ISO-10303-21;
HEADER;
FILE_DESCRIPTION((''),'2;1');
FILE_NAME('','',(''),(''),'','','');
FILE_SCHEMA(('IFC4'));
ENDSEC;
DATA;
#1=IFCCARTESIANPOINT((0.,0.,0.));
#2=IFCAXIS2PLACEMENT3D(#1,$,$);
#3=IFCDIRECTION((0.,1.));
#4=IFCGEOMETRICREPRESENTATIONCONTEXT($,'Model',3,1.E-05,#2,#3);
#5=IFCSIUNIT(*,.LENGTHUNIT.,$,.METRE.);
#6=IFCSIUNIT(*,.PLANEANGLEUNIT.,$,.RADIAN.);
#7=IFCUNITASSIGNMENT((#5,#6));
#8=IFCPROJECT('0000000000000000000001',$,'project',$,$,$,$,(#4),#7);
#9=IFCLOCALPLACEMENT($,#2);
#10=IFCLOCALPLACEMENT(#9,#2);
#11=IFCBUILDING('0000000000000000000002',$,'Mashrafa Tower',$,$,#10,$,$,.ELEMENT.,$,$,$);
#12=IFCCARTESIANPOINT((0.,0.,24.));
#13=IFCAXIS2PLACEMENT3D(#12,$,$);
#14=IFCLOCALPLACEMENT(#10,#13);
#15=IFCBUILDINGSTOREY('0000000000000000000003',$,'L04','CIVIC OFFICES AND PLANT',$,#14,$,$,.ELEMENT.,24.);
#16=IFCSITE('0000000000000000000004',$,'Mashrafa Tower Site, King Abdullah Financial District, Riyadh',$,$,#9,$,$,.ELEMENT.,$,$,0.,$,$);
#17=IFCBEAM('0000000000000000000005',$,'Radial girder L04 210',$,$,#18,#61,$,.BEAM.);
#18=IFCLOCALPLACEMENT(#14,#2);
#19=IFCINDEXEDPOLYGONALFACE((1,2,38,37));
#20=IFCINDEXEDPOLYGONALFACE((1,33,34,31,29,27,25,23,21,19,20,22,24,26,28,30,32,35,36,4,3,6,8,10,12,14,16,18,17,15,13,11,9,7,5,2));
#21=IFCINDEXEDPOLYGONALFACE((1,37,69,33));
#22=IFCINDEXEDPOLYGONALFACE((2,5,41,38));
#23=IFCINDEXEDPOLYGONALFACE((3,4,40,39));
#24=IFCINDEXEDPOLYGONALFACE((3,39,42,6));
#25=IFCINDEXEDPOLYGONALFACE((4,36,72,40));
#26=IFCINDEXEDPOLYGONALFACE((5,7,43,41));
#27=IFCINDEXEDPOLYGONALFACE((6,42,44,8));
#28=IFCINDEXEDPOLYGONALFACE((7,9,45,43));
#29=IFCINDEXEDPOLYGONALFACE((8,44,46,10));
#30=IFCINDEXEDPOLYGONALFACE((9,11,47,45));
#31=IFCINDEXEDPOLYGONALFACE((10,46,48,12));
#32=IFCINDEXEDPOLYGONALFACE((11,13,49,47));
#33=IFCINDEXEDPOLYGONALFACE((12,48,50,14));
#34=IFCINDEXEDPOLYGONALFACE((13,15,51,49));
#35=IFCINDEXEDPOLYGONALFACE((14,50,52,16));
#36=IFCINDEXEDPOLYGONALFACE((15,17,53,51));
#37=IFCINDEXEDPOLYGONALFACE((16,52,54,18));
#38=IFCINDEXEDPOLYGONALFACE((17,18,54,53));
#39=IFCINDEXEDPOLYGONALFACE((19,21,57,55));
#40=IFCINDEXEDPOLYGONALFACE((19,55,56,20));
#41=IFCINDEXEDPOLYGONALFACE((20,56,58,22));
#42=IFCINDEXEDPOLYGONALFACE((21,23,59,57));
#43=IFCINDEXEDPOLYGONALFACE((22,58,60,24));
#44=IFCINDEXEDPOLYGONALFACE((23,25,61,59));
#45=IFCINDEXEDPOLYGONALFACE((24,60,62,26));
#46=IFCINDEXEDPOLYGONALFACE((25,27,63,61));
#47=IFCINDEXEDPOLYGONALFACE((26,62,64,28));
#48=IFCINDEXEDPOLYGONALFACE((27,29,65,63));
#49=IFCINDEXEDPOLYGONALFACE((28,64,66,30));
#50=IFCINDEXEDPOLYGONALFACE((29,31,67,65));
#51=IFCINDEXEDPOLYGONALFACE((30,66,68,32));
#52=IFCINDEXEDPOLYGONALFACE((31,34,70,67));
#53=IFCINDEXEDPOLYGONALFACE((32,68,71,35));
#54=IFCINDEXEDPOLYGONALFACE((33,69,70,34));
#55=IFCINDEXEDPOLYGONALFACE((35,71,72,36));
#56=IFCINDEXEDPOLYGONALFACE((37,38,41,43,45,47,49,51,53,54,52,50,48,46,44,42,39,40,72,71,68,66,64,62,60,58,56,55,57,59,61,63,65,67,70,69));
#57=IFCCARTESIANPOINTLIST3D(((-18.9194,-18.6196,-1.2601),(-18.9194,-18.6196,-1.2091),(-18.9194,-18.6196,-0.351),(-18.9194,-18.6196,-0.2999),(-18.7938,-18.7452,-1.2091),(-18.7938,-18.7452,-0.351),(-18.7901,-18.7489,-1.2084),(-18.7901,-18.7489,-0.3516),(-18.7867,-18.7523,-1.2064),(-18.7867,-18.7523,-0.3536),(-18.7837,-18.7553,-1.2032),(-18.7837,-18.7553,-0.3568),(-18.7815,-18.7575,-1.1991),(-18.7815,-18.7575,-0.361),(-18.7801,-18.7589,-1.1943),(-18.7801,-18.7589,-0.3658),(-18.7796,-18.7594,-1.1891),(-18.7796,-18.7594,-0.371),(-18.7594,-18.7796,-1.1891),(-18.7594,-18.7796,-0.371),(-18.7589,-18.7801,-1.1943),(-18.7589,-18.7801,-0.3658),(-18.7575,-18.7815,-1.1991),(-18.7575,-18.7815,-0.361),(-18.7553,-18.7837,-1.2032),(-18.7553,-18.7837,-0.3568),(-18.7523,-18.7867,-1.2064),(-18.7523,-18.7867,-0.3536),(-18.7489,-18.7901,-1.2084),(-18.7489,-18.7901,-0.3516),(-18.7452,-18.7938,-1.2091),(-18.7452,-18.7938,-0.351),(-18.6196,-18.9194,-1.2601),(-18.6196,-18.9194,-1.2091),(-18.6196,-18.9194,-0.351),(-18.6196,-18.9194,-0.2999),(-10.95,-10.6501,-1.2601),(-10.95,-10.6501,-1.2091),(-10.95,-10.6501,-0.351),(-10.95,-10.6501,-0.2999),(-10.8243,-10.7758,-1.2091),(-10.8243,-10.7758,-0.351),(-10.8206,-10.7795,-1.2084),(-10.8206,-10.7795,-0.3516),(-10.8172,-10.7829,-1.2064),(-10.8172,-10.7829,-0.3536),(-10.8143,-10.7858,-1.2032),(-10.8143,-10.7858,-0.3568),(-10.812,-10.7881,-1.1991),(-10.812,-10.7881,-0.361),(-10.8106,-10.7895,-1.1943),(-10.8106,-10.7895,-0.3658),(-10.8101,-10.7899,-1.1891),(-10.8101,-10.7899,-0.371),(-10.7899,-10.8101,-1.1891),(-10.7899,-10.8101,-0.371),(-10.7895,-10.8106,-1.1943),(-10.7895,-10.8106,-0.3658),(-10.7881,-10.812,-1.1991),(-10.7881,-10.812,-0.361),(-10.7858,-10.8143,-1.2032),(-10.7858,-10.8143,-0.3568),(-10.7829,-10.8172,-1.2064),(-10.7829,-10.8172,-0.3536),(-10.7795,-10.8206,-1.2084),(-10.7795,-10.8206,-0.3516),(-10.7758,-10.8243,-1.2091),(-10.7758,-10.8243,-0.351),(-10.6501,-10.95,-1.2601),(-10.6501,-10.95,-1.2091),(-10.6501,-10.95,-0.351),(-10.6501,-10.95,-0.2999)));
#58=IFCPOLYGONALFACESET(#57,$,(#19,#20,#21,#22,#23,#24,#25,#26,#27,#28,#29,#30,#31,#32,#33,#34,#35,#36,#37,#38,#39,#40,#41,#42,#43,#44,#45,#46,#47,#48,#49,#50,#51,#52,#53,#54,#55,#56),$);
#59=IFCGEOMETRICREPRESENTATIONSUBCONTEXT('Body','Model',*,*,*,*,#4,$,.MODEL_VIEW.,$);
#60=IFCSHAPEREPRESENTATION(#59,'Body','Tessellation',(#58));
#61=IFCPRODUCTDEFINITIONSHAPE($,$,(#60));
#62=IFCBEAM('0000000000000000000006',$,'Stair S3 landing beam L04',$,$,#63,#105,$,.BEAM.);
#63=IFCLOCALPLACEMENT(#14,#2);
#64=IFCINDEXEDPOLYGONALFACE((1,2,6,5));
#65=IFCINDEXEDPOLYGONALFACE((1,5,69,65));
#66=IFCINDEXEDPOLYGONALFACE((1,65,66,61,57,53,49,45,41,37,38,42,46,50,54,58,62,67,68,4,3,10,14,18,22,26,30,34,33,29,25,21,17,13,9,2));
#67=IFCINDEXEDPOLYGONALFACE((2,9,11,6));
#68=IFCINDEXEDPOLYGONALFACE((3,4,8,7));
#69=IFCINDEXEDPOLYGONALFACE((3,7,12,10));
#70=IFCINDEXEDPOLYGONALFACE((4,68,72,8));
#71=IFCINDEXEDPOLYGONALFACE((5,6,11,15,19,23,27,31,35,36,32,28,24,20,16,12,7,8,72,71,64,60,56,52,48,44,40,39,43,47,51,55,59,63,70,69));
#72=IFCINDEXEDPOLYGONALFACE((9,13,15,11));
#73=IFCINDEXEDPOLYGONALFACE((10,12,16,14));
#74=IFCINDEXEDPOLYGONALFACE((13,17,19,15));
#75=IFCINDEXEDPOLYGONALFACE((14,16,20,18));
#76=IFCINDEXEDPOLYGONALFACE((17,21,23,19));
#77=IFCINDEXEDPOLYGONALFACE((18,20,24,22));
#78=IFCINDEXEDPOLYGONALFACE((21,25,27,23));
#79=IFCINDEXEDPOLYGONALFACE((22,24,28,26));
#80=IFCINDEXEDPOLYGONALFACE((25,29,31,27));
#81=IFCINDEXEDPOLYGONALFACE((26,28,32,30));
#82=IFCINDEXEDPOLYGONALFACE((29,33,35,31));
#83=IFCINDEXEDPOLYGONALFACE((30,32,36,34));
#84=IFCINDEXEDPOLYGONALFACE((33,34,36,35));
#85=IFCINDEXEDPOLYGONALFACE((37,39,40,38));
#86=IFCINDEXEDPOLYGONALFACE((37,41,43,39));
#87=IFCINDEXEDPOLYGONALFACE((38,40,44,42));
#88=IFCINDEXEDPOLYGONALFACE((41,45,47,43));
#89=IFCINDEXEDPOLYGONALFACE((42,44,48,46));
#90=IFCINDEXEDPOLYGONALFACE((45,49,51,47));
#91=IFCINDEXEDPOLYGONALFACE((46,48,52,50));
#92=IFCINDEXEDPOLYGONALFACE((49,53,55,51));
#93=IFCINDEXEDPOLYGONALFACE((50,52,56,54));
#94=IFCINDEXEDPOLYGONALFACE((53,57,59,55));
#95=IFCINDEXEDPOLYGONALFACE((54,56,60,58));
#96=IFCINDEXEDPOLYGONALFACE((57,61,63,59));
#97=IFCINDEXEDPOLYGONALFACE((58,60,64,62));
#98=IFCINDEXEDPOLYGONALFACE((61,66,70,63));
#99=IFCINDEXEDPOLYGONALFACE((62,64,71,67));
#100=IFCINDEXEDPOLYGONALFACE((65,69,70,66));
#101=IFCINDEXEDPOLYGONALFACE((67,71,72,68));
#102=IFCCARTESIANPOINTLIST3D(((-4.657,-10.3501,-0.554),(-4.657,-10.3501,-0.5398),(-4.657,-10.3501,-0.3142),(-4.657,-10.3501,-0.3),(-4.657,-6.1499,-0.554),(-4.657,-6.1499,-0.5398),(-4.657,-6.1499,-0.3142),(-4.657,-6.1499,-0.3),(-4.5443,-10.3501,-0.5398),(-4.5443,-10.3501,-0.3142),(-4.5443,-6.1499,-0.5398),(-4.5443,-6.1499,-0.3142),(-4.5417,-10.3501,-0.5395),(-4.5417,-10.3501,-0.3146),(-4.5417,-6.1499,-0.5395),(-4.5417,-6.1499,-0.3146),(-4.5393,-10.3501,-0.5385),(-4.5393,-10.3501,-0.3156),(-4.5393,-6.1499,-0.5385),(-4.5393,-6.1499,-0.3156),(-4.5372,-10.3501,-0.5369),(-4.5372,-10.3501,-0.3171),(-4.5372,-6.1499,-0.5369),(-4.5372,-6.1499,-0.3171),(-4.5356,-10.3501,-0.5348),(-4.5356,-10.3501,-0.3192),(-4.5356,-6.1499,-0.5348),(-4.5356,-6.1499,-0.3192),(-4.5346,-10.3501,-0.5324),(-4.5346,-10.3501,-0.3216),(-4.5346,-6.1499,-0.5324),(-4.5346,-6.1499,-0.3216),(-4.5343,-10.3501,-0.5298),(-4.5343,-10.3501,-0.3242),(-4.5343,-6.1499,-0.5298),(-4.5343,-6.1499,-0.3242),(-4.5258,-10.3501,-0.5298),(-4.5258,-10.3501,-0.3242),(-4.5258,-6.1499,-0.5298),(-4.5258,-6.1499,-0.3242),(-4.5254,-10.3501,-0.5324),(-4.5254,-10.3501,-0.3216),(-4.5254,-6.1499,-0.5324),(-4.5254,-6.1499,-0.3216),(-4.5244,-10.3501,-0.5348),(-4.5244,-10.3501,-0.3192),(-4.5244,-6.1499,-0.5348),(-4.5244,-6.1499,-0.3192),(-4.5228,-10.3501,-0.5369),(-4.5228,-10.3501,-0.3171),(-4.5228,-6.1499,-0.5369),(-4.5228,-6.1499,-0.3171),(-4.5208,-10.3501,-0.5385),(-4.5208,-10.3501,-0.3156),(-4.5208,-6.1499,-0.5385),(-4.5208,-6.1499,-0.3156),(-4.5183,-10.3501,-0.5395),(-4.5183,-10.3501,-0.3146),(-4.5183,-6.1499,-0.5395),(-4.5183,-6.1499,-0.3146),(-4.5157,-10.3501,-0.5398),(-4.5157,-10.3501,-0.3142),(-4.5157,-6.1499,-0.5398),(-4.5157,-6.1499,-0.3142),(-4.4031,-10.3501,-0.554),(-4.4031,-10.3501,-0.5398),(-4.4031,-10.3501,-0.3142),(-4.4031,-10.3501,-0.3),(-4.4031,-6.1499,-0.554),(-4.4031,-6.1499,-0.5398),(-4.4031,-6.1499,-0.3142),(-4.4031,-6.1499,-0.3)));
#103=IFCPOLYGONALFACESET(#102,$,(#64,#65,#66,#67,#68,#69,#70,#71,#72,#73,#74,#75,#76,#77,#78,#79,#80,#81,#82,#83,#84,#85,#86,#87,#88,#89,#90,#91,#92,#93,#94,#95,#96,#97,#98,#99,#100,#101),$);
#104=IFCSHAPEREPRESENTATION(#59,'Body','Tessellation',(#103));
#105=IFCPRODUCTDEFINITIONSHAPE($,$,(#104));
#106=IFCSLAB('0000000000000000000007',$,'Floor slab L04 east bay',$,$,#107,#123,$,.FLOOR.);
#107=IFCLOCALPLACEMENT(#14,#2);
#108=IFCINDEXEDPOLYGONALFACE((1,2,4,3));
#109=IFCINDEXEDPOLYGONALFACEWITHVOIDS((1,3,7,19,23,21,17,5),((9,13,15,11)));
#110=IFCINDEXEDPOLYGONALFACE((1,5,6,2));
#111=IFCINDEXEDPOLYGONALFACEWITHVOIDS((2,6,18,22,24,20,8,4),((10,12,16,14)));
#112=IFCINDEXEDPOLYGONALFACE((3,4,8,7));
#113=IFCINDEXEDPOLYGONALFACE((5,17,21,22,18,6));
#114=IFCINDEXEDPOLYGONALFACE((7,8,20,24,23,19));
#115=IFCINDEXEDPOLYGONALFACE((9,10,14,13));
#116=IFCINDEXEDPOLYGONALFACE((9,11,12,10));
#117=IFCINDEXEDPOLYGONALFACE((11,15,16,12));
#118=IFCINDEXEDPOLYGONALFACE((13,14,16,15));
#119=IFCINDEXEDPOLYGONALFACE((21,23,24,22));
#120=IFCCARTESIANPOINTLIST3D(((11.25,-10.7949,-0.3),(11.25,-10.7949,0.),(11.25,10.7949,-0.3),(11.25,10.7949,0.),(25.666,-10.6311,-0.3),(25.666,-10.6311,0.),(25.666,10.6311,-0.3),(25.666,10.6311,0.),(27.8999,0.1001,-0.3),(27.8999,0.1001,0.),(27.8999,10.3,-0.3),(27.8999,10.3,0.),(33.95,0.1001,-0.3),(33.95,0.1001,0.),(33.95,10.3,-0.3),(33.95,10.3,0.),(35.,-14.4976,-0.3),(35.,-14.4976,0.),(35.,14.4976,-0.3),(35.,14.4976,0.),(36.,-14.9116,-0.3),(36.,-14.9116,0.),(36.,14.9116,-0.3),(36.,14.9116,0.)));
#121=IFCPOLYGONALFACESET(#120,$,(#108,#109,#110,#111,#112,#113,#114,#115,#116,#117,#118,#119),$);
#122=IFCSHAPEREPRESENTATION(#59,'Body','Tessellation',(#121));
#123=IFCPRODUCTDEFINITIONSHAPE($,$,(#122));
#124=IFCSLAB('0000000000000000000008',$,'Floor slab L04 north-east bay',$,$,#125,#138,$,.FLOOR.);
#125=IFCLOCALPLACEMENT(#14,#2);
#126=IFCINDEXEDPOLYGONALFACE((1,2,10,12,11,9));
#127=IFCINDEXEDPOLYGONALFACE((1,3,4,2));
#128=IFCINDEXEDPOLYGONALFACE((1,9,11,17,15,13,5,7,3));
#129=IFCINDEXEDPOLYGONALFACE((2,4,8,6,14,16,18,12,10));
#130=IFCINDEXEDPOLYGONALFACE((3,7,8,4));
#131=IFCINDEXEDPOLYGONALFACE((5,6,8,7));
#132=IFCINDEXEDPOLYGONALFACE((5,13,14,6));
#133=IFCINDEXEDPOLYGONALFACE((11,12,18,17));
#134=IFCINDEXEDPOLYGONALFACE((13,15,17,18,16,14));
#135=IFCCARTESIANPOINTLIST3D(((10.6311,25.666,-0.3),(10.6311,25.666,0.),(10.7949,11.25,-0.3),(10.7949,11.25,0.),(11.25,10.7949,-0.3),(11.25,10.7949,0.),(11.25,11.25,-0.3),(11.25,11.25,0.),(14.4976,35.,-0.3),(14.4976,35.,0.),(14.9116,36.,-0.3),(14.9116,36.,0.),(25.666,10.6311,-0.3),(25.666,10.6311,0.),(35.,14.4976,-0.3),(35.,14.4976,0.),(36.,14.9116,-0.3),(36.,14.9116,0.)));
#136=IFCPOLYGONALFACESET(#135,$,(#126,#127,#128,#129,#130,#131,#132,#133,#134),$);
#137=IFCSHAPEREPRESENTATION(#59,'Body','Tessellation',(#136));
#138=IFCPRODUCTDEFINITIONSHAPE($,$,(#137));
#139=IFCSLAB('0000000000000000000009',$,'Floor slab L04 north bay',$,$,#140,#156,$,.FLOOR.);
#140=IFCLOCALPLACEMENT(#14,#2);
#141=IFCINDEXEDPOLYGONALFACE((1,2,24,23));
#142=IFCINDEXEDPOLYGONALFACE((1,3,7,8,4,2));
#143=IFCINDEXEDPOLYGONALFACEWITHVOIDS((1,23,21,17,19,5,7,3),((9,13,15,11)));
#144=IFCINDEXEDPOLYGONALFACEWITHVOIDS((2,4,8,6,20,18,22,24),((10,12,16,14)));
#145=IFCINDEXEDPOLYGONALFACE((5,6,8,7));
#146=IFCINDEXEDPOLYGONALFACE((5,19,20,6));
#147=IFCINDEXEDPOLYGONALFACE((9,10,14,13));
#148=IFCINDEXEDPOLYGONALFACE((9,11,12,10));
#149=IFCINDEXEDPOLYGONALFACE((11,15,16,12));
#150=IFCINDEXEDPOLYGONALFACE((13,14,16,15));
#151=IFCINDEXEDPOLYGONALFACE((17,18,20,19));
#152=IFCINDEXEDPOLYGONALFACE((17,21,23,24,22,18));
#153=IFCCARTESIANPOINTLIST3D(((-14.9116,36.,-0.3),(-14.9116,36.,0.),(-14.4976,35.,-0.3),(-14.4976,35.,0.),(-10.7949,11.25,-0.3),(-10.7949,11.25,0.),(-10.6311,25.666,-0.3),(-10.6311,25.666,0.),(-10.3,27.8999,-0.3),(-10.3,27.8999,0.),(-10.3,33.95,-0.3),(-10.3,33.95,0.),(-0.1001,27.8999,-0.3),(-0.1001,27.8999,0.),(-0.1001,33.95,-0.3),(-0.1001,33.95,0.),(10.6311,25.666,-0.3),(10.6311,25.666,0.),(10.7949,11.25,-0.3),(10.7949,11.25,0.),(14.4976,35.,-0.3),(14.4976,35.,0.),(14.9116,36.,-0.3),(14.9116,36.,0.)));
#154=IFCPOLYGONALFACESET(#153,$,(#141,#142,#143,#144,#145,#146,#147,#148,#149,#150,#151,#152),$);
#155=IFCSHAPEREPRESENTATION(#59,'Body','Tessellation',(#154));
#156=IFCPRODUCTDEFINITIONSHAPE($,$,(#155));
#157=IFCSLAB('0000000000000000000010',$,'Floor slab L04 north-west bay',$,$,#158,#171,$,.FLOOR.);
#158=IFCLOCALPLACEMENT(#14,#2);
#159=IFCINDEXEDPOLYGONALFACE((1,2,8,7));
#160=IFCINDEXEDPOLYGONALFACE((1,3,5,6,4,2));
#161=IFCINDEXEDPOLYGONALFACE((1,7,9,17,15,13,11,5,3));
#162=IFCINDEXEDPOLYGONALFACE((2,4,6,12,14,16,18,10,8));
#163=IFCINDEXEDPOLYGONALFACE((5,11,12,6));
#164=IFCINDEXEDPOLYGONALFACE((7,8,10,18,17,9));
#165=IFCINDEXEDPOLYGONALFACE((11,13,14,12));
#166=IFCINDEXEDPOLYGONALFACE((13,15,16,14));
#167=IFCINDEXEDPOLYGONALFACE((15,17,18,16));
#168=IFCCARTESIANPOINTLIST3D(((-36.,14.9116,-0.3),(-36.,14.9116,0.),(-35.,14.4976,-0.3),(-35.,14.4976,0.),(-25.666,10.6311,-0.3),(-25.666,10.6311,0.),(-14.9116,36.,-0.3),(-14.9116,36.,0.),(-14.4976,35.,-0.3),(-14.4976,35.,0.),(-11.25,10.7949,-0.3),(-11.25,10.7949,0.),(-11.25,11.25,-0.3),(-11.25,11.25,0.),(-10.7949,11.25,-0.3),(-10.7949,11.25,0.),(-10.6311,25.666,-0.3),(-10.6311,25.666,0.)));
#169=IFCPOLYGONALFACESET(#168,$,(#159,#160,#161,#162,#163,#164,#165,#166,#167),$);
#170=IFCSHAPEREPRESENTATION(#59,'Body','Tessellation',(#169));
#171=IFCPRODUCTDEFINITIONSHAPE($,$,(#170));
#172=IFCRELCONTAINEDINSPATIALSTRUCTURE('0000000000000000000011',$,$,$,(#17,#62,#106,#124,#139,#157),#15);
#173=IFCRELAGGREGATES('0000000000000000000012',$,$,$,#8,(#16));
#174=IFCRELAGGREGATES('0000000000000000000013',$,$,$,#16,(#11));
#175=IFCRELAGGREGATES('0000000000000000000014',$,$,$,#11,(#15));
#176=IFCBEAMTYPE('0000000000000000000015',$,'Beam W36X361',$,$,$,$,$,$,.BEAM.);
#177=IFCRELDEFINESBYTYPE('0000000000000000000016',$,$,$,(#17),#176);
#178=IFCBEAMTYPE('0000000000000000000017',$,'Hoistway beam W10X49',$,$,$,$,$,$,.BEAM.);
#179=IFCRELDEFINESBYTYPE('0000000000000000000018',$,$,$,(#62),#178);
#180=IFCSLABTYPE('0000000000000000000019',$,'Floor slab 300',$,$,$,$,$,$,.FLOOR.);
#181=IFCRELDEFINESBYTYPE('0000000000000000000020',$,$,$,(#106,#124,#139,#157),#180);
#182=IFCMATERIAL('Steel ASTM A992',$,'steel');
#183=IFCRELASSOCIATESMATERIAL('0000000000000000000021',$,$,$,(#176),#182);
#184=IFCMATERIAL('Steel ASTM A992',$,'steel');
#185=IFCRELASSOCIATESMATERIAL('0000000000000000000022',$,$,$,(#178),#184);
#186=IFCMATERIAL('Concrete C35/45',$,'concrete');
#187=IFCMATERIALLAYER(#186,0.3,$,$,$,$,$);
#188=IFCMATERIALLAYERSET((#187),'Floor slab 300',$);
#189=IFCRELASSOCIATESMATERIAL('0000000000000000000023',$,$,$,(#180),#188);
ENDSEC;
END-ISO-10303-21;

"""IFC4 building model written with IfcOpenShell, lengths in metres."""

from ifc_helpers import new_model, si_unit, direction, frame, origin, origin_2d, place, context, subcontext, project, spatial, polyline, i_section, outline, extrude, material, layer, layer_set, material_profile, profile_set, type_object, element, save


model = new_model("IFC4")

# Units and contexts
model_context = context("Model", 3, precision=1e-05, world=origin(), true_north=direction((0.0, 1.0)))
body_context = subcontext(model_context, "Body", "Model", "MODEL_VIEW")
ifc_project = project(units=[si_unit("LENGTHUNIT", "METRE"), si_unit("PLANEANGLEUNIT", "RADIAN")], contexts=[model_context])

# Site, building, storey
site_placement = place(None, origin())
site = spatial("IfcSite", under=ifc_project, at=site_placement, Name="Mashrafa Tower Site, King Abdullah Financial District, Riyadh", CompositionType="ELEMENT", RefElevation=0.0)
building_placement = place(site_placement, origin())
building = spatial("IfcBuilding", under=site, at=building_placement, Name="Mashrafa Tower", CompositionType="ELEMENT")
storey_placement = place(building_placement, frame((0.0, 0.0, 24.0)))
storey = spatial("IfcBuildingStorey", under=building, at=storey_placement, Name="L04", Description="CIVIC OFFICES AND PLANT", CompositionType="ELEMENT", Elevation=24.0)

# Beams
ifc_material_1 = material(Name="Steel ASTM A992", Category="steel")
ifc_material_profile_1 = material_profile(ifc_material_1, i_section(OverallWidth=0.4241, OverallDepth=0.9602, WebThickness=0.0286, FlangeThickness=0.051, FilletRadius=0.02, at=origin_2d()), Name="W36X361")
ifc_profile_set_1 = profile_set([ifc_material_profile_1], Name="Steel ASTM A992")
beam_type_1 = type_object("IfcBeamType", Name="Beam W36X361", PredefinedType="BEAM", material=ifc_profile_set_1)
beam_1_placement = place(storey_placement, frame((-10.8, -10.8, -0.78), z_axis=(-0.707107, -0.707107, 0.0), x_axis=(0.707107, -0.707107, 0.0)))
element("IfcBeam", 1, at=beam_1_placement, inside=storey, type_object=beam_type_1, Name="Radial girder L04 210", PredefinedType="BEAM", context=body_context, shape_type="SweptSolid", body=[
    extrude(i_section(OverallWidth=0.4241, OverallDepth=0.9602, WebThickness=0.0286, FlangeThickness=0.051, FilletRadius=0.02, at=origin_2d()), origin(), (0.0, 0.0, 1.0), 11.2705),
])
ifc_material_2 = material(Name="Steel ASTM A992", Category="steel")
ifc_material_profile_2 = material_profile(ifc_material_2, i_section(OverallWidth=0.2539, OverallDepth=0.2539, WebThickness=0.0085, FlangeThickness=0.0142, FilletRadius=0.01, at=origin_2d()), Name="W10X49")
ifc_profile_set_2 = profile_set([ifc_material_profile_2], Name="Steel ASTM A992")
beam_type_2 = type_object("IfcBeamType", Name="Hoistway beam W10X49", PredefinedType="BEAM", material=ifc_profile_set_2)
beam_2_placement = place(storey_placement, frame((-4.53, -10.3501, -0.427), z_axis=(0.0, 1.0, 0.0), x_axis=(-1.0, 0.0, 0.0)))
element("IfcBeam", 2, at=beam_2_placement, inside=storey, type_object=beam_type_2, Name="Stair S3 landing beam L04", PredefinedType="BEAM", context=body_context, shape_type="SweptSolid", body=[
    extrude(i_section(OverallWidth=0.2539, OverallDepth=0.2539, WebThickness=0.0085, FlangeThickness=0.0142, FilletRadius=0.01, at=origin_2d()), origin(), (0.0, 0.0, 1.0), 4.2002),
])

# Slabs
ifc_material_3 = material(Name="Concrete C35/45", Category="concrete")
ifc_layer_1 = layer(ifc_material_3, 0.3)
ifc_layer_set_1 = layer_set([ifc_layer_1], Name="Floor slab 300")
slab_type = type_object("IfcSlabType", Name="Floor slab 300", PredefinedType="FLOOR", material=ifc_layer_set_1)
slab_1_placement = place(storey_placement, frame((0.0, 0.0, -0.3)))
element("IfcSlab", 3, at=slab_1_placement, inside=storey, type_object=slab_type, Name="Floor slab L04 east bay", PredefinedType="FLOOR", context=body_context, shape_type="SweptSolid", body=[
    extrude(outline(polyline([(36.0, 14.9116), (36.0, -14.9116), (36.0, -14.9116), (35.0, -14.4976), (25.666, -10.6311), (11.25, -10.7949), (11.25, 10.7949), (25.666, 10.6311), (35.0, 14.4976), (36.0, 14.9116), (36.0, 14.9116)]), holes=[polyline([(33.95, 0.1001), (33.95, 10.3), (27.8999, 10.3), (27.8999, 0.1001), (33.95, 0.1001)])]), origin(), (0.0, 0.0, 1.0), 0.3),
])
slab_2_placement = place(storey_placement, frame((0.0, 0.0, -0.3)))
element("IfcSlab", 4, at=slab_2_placement, inside=storey, type_object=slab_type, Name="Floor slab L04 north-east bay", PredefinedType="FLOOR", context=body_context, shape_type="SweptSolid", body=[
    extrude(outline(polyline([(36.0, 14.9116), (35.0, 14.4976), (25.666, 10.6311), (11.25, 10.7949), (11.25, 11.25), (10.7949, 11.25), (10.6311, 25.666), (14.4976, 35.0), (14.9116, 36.0), (36.0, 14.9116)])), origin(), (0.0, 0.0, 1.0), 0.3),
])
slab_3_placement = place(storey_placement, frame((0.0, 0.0, -0.3)))
element("IfcSlab", 5, at=slab_3_placement, inside=storey, type_object=slab_type, Name="Floor slab L04 north bay", PredefinedType="FLOOR", context=body_context, shape_type="SweptSolid", body=[
    extrude(outline(polyline([(-14.9116, 36.0), (14.9116, 36.0), (14.9116, 36.0), (14.4976, 35.0), (10.6311, 25.666), (10.7949, 11.25), (-10.7949, 11.25), (-10.6311, 25.666), (-14.4976, 35.0), (-14.9116, 36.0), (-14.9116, 36.0)]), holes=[polyline([(-10.3, 27.8999), (-0.1001, 27.8999), (-0.1001, 33.95), (-10.3, 33.95), (-10.3, 27.8999)])]), origin(), (0.0, 0.0, 1.0), 0.3),
])
slab_4_placement = place(storey_placement, frame((0.0, 0.0, -0.3)))
element("IfcSlab", 6, at=slab_4_placement, inside=storey, type_object=slab_type, Name="Floor slab L04 north-west bay", PredefinedType="FLOOR", context=body_context, shape_type="SweptSolid", body=[
    extrude(outline(polyline([(-14.9116, 36.0), (-14.4976, 35.0), (-10.6311, 25.666), (-10.7949, 11.25), (-11.25, 11.25), (-11.25, 10.7949), (-25.666, 10.6311), (-35.0, 14.4976), (-36.0, 14.9116), (-14.9116, 36.0)])), origin(), (0.0, 0.0, 1.0), 0.3),
])

save(model, "model.ifc")
